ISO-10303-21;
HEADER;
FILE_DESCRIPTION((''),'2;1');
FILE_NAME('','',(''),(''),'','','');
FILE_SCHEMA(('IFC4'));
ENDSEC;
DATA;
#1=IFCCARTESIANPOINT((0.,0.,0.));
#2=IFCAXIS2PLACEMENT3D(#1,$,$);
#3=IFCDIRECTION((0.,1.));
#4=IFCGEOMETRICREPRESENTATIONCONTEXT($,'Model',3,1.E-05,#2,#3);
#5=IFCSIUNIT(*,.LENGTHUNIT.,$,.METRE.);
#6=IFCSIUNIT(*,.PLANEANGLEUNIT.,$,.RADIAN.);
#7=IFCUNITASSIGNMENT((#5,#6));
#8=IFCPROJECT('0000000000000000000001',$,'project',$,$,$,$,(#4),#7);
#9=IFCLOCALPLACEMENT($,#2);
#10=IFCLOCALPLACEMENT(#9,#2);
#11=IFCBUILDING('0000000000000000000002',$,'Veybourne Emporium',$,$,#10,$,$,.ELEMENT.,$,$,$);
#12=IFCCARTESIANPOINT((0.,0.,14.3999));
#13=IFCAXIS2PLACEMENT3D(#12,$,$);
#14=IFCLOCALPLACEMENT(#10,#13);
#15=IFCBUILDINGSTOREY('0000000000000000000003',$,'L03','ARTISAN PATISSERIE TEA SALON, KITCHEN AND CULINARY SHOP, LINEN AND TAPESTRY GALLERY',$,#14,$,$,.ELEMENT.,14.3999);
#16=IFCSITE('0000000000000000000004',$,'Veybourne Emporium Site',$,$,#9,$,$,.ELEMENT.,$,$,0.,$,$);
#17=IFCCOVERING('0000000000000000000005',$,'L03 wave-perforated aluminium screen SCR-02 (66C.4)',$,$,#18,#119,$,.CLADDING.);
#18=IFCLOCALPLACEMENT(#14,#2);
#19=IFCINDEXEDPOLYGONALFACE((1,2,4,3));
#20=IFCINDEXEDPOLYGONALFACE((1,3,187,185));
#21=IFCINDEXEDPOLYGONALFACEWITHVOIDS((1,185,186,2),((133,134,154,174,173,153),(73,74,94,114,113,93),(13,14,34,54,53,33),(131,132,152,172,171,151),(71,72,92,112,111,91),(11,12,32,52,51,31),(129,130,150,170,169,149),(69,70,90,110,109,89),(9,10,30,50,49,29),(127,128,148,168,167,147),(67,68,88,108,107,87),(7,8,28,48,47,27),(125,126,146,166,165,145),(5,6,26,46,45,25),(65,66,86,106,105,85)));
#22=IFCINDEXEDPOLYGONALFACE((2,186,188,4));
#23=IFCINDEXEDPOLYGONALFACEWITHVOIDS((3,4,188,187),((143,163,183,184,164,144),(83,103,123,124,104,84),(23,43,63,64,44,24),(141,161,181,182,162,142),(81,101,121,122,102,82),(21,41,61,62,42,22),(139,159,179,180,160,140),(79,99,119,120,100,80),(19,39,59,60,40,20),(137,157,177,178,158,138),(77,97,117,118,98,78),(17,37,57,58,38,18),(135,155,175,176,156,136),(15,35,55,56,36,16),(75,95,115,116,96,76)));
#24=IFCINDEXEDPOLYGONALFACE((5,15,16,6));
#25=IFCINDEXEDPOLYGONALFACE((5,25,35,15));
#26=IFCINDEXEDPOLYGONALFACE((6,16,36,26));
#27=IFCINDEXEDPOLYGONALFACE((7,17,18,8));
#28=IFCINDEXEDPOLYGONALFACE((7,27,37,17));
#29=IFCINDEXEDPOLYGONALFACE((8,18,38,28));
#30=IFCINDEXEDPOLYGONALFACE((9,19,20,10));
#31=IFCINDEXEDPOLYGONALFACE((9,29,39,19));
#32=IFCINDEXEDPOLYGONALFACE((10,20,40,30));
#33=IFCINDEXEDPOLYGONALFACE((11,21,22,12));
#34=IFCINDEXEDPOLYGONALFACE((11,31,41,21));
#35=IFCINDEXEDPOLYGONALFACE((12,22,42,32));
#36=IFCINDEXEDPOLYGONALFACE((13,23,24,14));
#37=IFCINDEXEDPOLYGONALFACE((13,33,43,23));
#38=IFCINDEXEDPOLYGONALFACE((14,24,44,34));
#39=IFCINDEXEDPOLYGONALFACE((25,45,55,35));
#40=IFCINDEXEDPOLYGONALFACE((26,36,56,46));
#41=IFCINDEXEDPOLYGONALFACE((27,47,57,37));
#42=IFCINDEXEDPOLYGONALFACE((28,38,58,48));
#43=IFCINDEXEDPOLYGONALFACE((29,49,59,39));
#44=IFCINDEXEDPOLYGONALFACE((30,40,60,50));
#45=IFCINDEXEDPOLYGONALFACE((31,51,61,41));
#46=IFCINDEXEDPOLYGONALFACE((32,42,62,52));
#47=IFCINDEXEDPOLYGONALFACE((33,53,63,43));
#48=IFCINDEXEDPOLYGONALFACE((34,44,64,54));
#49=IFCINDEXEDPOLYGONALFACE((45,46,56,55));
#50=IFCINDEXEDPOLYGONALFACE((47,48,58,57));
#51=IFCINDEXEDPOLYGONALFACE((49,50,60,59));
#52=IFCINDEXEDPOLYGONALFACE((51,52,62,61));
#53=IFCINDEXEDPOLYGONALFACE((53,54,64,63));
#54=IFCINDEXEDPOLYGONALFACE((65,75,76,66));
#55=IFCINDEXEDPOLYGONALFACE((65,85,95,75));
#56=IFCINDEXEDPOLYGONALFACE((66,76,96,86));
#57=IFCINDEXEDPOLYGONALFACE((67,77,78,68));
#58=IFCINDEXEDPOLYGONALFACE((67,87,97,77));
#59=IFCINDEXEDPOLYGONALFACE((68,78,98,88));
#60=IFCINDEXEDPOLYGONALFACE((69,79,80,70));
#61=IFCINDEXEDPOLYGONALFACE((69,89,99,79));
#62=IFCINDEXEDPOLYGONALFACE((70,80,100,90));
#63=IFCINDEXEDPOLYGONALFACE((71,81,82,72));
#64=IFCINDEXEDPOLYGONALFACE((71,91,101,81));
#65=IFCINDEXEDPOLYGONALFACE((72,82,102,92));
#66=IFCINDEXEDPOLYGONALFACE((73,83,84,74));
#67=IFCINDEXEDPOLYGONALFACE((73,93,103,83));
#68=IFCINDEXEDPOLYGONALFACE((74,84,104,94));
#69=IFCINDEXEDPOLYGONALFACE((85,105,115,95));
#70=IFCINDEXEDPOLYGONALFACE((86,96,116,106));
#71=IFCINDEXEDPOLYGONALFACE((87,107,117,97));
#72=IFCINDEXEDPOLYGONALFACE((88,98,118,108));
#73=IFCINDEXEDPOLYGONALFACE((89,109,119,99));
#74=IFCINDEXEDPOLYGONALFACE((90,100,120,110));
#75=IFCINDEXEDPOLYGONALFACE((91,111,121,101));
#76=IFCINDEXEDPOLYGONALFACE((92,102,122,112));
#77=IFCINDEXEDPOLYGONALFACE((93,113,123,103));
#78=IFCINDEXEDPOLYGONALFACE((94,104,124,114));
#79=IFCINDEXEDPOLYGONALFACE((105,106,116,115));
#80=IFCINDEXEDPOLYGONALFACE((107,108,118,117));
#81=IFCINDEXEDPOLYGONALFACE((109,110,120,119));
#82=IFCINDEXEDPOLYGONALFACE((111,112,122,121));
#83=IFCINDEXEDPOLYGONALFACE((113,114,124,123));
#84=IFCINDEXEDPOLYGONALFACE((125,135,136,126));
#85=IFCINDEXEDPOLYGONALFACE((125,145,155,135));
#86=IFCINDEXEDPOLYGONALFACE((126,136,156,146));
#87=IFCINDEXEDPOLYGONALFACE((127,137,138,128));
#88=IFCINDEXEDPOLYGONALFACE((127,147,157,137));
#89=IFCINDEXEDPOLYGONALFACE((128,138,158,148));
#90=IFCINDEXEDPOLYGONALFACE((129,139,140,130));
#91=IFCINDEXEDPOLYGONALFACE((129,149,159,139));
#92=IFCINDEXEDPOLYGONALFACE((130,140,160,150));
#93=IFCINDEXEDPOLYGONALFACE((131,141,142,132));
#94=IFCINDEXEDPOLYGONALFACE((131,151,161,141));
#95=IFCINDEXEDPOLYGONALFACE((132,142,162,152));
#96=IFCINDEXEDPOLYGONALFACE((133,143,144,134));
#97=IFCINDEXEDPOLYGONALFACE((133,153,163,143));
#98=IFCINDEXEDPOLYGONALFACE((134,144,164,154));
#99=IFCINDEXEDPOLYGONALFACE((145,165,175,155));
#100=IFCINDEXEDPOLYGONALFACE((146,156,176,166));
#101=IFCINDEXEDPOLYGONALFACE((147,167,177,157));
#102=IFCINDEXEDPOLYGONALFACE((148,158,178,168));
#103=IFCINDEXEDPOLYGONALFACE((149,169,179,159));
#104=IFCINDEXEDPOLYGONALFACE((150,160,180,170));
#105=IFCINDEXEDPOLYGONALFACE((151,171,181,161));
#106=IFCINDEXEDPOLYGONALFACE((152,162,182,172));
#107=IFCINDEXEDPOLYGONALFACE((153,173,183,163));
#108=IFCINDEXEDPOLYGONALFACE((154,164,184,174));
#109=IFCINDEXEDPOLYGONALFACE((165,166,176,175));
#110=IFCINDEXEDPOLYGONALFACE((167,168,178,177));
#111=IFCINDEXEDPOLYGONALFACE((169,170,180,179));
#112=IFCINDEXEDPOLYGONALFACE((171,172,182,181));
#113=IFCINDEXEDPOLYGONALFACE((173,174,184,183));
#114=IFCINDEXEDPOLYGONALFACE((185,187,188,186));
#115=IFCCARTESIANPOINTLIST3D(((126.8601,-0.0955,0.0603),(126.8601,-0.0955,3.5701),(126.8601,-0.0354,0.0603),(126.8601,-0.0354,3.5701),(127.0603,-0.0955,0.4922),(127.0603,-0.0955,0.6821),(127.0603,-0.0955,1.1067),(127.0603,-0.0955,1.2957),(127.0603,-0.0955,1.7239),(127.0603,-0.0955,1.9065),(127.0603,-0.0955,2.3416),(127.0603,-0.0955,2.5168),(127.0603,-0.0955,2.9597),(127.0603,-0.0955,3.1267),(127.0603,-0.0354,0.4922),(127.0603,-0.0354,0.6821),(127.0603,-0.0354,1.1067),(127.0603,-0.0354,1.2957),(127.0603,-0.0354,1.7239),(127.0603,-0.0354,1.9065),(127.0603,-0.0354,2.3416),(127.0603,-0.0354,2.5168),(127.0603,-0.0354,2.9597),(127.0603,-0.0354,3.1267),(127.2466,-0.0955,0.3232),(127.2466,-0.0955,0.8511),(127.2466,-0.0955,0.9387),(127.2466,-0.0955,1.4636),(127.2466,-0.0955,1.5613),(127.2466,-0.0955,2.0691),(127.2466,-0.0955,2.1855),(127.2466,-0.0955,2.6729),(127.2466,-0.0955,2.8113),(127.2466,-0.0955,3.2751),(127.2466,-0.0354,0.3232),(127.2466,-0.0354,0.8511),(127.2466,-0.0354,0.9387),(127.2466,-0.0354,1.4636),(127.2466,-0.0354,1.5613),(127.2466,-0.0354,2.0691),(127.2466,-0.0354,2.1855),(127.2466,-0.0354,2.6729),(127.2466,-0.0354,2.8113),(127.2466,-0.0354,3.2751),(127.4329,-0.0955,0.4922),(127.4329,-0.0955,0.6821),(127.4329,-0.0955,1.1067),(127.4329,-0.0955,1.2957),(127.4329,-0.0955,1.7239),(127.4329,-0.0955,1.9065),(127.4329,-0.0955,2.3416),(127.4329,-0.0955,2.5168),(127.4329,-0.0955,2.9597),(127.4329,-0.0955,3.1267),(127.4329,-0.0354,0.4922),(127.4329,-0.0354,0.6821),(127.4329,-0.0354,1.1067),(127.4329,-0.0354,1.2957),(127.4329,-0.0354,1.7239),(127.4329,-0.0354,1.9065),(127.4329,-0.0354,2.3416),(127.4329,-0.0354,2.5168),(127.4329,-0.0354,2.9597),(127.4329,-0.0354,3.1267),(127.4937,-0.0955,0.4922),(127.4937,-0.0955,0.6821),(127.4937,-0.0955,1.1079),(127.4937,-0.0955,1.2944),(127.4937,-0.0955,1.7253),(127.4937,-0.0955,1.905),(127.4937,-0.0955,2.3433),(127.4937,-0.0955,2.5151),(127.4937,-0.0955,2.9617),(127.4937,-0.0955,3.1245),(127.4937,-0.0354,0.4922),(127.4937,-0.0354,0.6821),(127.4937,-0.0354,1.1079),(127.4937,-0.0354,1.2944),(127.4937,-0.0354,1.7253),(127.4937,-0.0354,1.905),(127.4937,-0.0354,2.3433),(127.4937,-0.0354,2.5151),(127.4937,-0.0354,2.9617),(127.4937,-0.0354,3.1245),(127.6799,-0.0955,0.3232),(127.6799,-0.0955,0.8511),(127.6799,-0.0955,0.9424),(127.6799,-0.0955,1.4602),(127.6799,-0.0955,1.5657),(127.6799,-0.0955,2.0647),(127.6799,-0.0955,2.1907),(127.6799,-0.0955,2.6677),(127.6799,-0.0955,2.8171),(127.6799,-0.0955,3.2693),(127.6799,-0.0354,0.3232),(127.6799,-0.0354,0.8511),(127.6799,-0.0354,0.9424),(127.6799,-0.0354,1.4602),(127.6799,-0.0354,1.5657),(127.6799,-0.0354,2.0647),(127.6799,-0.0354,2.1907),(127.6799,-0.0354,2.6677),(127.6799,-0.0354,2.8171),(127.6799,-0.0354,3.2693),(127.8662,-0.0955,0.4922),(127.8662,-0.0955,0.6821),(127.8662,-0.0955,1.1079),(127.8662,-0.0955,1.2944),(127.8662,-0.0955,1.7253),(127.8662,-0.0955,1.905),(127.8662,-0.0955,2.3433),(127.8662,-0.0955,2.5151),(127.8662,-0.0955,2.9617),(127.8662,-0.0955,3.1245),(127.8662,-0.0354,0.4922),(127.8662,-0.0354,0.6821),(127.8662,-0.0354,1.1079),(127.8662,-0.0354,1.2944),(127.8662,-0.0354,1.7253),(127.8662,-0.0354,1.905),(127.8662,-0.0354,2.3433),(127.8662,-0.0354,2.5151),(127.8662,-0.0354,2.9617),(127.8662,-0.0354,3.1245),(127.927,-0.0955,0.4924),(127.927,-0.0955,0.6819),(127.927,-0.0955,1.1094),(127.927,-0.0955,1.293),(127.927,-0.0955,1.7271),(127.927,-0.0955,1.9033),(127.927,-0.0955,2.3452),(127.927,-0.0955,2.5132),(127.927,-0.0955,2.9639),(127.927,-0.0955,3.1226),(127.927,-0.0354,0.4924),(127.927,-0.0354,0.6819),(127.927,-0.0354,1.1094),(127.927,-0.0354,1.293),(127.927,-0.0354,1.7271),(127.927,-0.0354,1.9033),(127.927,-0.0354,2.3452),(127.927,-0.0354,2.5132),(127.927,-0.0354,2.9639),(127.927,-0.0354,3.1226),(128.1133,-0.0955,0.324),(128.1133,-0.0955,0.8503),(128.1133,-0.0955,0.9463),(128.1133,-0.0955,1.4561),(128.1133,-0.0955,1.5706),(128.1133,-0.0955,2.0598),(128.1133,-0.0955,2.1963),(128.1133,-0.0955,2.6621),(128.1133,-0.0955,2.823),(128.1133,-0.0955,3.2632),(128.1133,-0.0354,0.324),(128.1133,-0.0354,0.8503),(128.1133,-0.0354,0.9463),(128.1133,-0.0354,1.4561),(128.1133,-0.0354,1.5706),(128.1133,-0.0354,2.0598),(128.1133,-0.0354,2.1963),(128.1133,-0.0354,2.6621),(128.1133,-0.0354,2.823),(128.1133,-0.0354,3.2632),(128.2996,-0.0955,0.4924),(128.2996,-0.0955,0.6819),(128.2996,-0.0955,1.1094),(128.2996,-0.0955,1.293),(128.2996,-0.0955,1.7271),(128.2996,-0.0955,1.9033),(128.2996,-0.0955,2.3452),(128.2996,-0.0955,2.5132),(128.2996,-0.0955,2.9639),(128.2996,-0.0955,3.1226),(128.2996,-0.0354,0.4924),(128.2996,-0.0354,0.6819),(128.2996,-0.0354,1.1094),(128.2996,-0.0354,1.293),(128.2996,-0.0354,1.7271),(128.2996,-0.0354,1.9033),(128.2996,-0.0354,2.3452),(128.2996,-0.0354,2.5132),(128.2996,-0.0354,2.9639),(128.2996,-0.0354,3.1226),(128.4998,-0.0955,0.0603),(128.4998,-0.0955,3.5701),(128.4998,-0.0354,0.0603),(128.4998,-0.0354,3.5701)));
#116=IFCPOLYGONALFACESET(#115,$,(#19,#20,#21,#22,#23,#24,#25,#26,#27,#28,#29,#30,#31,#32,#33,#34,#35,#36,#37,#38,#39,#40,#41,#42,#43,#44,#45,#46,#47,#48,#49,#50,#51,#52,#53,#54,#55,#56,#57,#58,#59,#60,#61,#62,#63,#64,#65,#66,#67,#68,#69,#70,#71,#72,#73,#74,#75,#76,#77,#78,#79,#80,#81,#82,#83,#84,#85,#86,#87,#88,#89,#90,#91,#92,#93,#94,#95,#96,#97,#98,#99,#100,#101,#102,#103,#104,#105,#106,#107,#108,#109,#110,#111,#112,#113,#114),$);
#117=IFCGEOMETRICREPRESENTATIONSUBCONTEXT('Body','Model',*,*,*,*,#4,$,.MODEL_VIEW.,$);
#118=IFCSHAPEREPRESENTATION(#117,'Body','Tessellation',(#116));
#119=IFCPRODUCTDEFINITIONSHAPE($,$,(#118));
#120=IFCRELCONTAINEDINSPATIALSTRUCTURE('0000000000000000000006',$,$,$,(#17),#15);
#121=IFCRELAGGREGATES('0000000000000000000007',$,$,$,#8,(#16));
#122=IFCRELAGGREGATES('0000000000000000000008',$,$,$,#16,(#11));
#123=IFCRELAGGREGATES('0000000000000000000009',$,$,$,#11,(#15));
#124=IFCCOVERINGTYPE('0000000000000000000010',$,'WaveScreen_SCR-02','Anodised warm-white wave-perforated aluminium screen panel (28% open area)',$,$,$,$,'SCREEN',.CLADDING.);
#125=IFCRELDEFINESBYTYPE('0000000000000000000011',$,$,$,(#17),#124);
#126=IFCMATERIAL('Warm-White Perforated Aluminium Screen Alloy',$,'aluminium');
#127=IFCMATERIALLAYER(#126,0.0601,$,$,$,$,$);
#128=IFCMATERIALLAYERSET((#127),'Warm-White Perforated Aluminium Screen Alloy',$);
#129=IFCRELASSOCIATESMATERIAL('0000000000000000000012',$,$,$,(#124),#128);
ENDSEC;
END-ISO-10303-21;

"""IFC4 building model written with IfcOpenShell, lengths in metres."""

from ifc_helpers import new_model, si_unit, direction, frame, origin, place, context, subcontext, project, spatial, polyline, outline, extrude, material, layer, layer_set, type_object, element, save


model = new_model("IFC4")

# Units and contexts
model_context = context("Model", 3, precision=1e-05, world=origin(), true_north=direction((0.0, 1.0)))
body_context = subcontext(model_context, "Body", "Model", "MODEL_VIEW")
ifc_project = project(units=[si_unit("LENGTHUNIT", "METRE"), si_unit("PLANEANGLEUNIT", "RADIAN")], contexts=[model_context])

# Site, building, storey
site_placement = place(None, origin())
site = spatial("IfcSite", under=ifc_project, at=site_placement, Name="Veybourne Emporium Site", CompositionType="ELEMENT", RefElevation=0.0)
building_placement = place(site_placement, origin())
building = spatial("IfcBuilding", under=site, at=building_placement, Name="Veybourne Emporium", CompositionType="ELEMENT")
storey_placement = place(building_placement, frame((0.0, 0.0, 14.3999)))
storey = spatial("IfcBuildingStorey", under=building, at=storey_placement, Name="L03", Description="ARTISAN PATISSERIE TEA SALON, KITCHEN AND CULINARY SHOP, LINEN AND TAPESTRY GALLERY", CompositionType="ELEMENT", Elevation=14.3999)

# Covering
ifc_material_1 = material(Name="Warm-White Perforated Aluminium Screen Alloy", Category="aluminium")
ifc_layer_1 = layer(ifc_material_1, 0.0601)
ifc_layer_set_1 = layer_set([ifc_layer_1], Name="Warm-White Perforated Aluminium Screen Alloy")
covering_type_1 = type_object("IfcCoveringType", Name="WaveScreen_SCR-02", Description="Anodised warm-white wave-perforated aluminium screen panel (28% open area)", ElementType="SCREEN", PredefinedType="CLADDING", material=ifc_layer_set_1)
covering_1_placement = place(storey_placement, frame((127.6799, -0.0955, 1.8152), z_axis=(0.0, 1.0, 0.0), x_axis=(-1.0, 0.0, 0.0)))
element("IfcCovering", 1, at=covering_1_placement, inside=storey, type_object=covering_type_1, Name="L03 wave-perforated aluminium screen SCR-02 (66C.4)", PredefinedType="CLADDING", context=body_context, shape_type="SweptSolid", body=[
    extrude(outline(polyline([(-0.8198, -1.7549), (0.8198, -1.7549), (0.8198, 1.7549), (-0.8198, 1.7549), (-0.8198, -1.7549)]), holes=[polyline([(-0.4333, -0.9648), (-0.2471, -1.1333), (-0.2471, -1.3228), (-0.4333, -1.4912), (-0.6196, -1.3228), (-0.6196, -1.1333), (-0.4333, -0.9648)]), polyline([(-0.4333, -0.3591), (-0.2471, -0.5222), (-0.2471, -0.7058), (-0.4333, -0.8689), (-0.6196, -0.7058), (-0.6196, -0.5222), (-0.4333, -0.3591)]), polyline([(-0.4333, 0.2446), (-0.2471, 0.0881), (-0.2471, -0.0881), (-0.4333, -0.2446), (-0.6196, -0.0881), (-0.6196, 0.0881), (-0.4333, 0.2446)]), polyline([(-0.4333, 0.8469), (-0.2471, 0.698), (-0.2471, 0.53), (-0.4333, 0.3811), (-0.6196, 0.53), (-0.6196, 0.698), (-0.4333, 0.8469)]), polyline([(-0.4333, 1.448), (-0.2471, 1.3074), (-0.2471, 1.1487), (-0.4333, 1.0078), (-0.6196, 1.1487), (-0.6196, 1.3074), (-0.4333, 1.448)]), polyline([(0.0, -0.9641), (0.1863, -1.1331), (0.1863, -1.323), (0.0, -1.4919), (-0.1863, -1.323), (-0.1863, -1.1331), (0.0, -0.9641)]), polyline([(0.0, -0.355), (0.1863, -0.5208), (0.1863, -0.7073), (0.0, -0.8728), (-0.1863, -0.7073), (-0.1863, -0.5208), (0.0, -0.355)]), polyline([(0.0, 0.2495), (0.1863, 0.0898), (0.1863, -0.0898), (0.0, -0.2495), (-0.1863, -0.0898), (-0.1863, 0.0898), (0.0, 0.2495)]), polyline([(0.0, 0.8525), (0.1863, 0.7), (0.1863, 0.5281), (0.0, 0.3755), (-0.1863, 0.5281), (-0.1863, 0.7), (0.0, 0.8525)]), polyline([(0.0, 1.4541), (0.1863, 1.3093), (0.1863, 1.1465), (0.0, 1.002), (-0.1863, 1.1465), (-0.1863, 1.3093), (0.0, 1.4541)]), polyline([(0.4333, -0.9641), (0.6196, -1.1331), (0.6196, -1.323), (0.4333, -1.4919), (0.2471, -1.323), (0.2471, -1.1331), (0.4333, -0.9641)]), polyline([(0.4333, -0.3516), (0.6196, -0.5195), (0.6196, -0.7085), (0.4333, -0.8765), (0.2471, -0.7085), (0.2471, -0.5195), (0.4333, -0.3516)]), polyline([(0.4333, 0.2539), (0.6196, 0.0913), (0.6196, -0.0913), (0.4333, -0.2539), (0.2471, -0.0913), (0.2471, 0.0913), (0.4333, 0.2539)]), polyline([(0.4333, 0.8577), (0.6196, 0.7017), (0.6196, 0.5264), (0.4333, 0.3704), (0.2471, 0.5264), (0.2471, 0.7017), (0.4333, 0.8577)]), polyline([(0.4333, 1.46), (0.6196, 1.3115), (0.6196, 1.1445), (0.4333, 0.9961), (0.2471, 1.1445), (0.2471, 1.3115), (0.4333, 1.46)])]), origin(), (0.0, 0.0, 1.0), 0.0601),
])

save(model, "model.ifc")
